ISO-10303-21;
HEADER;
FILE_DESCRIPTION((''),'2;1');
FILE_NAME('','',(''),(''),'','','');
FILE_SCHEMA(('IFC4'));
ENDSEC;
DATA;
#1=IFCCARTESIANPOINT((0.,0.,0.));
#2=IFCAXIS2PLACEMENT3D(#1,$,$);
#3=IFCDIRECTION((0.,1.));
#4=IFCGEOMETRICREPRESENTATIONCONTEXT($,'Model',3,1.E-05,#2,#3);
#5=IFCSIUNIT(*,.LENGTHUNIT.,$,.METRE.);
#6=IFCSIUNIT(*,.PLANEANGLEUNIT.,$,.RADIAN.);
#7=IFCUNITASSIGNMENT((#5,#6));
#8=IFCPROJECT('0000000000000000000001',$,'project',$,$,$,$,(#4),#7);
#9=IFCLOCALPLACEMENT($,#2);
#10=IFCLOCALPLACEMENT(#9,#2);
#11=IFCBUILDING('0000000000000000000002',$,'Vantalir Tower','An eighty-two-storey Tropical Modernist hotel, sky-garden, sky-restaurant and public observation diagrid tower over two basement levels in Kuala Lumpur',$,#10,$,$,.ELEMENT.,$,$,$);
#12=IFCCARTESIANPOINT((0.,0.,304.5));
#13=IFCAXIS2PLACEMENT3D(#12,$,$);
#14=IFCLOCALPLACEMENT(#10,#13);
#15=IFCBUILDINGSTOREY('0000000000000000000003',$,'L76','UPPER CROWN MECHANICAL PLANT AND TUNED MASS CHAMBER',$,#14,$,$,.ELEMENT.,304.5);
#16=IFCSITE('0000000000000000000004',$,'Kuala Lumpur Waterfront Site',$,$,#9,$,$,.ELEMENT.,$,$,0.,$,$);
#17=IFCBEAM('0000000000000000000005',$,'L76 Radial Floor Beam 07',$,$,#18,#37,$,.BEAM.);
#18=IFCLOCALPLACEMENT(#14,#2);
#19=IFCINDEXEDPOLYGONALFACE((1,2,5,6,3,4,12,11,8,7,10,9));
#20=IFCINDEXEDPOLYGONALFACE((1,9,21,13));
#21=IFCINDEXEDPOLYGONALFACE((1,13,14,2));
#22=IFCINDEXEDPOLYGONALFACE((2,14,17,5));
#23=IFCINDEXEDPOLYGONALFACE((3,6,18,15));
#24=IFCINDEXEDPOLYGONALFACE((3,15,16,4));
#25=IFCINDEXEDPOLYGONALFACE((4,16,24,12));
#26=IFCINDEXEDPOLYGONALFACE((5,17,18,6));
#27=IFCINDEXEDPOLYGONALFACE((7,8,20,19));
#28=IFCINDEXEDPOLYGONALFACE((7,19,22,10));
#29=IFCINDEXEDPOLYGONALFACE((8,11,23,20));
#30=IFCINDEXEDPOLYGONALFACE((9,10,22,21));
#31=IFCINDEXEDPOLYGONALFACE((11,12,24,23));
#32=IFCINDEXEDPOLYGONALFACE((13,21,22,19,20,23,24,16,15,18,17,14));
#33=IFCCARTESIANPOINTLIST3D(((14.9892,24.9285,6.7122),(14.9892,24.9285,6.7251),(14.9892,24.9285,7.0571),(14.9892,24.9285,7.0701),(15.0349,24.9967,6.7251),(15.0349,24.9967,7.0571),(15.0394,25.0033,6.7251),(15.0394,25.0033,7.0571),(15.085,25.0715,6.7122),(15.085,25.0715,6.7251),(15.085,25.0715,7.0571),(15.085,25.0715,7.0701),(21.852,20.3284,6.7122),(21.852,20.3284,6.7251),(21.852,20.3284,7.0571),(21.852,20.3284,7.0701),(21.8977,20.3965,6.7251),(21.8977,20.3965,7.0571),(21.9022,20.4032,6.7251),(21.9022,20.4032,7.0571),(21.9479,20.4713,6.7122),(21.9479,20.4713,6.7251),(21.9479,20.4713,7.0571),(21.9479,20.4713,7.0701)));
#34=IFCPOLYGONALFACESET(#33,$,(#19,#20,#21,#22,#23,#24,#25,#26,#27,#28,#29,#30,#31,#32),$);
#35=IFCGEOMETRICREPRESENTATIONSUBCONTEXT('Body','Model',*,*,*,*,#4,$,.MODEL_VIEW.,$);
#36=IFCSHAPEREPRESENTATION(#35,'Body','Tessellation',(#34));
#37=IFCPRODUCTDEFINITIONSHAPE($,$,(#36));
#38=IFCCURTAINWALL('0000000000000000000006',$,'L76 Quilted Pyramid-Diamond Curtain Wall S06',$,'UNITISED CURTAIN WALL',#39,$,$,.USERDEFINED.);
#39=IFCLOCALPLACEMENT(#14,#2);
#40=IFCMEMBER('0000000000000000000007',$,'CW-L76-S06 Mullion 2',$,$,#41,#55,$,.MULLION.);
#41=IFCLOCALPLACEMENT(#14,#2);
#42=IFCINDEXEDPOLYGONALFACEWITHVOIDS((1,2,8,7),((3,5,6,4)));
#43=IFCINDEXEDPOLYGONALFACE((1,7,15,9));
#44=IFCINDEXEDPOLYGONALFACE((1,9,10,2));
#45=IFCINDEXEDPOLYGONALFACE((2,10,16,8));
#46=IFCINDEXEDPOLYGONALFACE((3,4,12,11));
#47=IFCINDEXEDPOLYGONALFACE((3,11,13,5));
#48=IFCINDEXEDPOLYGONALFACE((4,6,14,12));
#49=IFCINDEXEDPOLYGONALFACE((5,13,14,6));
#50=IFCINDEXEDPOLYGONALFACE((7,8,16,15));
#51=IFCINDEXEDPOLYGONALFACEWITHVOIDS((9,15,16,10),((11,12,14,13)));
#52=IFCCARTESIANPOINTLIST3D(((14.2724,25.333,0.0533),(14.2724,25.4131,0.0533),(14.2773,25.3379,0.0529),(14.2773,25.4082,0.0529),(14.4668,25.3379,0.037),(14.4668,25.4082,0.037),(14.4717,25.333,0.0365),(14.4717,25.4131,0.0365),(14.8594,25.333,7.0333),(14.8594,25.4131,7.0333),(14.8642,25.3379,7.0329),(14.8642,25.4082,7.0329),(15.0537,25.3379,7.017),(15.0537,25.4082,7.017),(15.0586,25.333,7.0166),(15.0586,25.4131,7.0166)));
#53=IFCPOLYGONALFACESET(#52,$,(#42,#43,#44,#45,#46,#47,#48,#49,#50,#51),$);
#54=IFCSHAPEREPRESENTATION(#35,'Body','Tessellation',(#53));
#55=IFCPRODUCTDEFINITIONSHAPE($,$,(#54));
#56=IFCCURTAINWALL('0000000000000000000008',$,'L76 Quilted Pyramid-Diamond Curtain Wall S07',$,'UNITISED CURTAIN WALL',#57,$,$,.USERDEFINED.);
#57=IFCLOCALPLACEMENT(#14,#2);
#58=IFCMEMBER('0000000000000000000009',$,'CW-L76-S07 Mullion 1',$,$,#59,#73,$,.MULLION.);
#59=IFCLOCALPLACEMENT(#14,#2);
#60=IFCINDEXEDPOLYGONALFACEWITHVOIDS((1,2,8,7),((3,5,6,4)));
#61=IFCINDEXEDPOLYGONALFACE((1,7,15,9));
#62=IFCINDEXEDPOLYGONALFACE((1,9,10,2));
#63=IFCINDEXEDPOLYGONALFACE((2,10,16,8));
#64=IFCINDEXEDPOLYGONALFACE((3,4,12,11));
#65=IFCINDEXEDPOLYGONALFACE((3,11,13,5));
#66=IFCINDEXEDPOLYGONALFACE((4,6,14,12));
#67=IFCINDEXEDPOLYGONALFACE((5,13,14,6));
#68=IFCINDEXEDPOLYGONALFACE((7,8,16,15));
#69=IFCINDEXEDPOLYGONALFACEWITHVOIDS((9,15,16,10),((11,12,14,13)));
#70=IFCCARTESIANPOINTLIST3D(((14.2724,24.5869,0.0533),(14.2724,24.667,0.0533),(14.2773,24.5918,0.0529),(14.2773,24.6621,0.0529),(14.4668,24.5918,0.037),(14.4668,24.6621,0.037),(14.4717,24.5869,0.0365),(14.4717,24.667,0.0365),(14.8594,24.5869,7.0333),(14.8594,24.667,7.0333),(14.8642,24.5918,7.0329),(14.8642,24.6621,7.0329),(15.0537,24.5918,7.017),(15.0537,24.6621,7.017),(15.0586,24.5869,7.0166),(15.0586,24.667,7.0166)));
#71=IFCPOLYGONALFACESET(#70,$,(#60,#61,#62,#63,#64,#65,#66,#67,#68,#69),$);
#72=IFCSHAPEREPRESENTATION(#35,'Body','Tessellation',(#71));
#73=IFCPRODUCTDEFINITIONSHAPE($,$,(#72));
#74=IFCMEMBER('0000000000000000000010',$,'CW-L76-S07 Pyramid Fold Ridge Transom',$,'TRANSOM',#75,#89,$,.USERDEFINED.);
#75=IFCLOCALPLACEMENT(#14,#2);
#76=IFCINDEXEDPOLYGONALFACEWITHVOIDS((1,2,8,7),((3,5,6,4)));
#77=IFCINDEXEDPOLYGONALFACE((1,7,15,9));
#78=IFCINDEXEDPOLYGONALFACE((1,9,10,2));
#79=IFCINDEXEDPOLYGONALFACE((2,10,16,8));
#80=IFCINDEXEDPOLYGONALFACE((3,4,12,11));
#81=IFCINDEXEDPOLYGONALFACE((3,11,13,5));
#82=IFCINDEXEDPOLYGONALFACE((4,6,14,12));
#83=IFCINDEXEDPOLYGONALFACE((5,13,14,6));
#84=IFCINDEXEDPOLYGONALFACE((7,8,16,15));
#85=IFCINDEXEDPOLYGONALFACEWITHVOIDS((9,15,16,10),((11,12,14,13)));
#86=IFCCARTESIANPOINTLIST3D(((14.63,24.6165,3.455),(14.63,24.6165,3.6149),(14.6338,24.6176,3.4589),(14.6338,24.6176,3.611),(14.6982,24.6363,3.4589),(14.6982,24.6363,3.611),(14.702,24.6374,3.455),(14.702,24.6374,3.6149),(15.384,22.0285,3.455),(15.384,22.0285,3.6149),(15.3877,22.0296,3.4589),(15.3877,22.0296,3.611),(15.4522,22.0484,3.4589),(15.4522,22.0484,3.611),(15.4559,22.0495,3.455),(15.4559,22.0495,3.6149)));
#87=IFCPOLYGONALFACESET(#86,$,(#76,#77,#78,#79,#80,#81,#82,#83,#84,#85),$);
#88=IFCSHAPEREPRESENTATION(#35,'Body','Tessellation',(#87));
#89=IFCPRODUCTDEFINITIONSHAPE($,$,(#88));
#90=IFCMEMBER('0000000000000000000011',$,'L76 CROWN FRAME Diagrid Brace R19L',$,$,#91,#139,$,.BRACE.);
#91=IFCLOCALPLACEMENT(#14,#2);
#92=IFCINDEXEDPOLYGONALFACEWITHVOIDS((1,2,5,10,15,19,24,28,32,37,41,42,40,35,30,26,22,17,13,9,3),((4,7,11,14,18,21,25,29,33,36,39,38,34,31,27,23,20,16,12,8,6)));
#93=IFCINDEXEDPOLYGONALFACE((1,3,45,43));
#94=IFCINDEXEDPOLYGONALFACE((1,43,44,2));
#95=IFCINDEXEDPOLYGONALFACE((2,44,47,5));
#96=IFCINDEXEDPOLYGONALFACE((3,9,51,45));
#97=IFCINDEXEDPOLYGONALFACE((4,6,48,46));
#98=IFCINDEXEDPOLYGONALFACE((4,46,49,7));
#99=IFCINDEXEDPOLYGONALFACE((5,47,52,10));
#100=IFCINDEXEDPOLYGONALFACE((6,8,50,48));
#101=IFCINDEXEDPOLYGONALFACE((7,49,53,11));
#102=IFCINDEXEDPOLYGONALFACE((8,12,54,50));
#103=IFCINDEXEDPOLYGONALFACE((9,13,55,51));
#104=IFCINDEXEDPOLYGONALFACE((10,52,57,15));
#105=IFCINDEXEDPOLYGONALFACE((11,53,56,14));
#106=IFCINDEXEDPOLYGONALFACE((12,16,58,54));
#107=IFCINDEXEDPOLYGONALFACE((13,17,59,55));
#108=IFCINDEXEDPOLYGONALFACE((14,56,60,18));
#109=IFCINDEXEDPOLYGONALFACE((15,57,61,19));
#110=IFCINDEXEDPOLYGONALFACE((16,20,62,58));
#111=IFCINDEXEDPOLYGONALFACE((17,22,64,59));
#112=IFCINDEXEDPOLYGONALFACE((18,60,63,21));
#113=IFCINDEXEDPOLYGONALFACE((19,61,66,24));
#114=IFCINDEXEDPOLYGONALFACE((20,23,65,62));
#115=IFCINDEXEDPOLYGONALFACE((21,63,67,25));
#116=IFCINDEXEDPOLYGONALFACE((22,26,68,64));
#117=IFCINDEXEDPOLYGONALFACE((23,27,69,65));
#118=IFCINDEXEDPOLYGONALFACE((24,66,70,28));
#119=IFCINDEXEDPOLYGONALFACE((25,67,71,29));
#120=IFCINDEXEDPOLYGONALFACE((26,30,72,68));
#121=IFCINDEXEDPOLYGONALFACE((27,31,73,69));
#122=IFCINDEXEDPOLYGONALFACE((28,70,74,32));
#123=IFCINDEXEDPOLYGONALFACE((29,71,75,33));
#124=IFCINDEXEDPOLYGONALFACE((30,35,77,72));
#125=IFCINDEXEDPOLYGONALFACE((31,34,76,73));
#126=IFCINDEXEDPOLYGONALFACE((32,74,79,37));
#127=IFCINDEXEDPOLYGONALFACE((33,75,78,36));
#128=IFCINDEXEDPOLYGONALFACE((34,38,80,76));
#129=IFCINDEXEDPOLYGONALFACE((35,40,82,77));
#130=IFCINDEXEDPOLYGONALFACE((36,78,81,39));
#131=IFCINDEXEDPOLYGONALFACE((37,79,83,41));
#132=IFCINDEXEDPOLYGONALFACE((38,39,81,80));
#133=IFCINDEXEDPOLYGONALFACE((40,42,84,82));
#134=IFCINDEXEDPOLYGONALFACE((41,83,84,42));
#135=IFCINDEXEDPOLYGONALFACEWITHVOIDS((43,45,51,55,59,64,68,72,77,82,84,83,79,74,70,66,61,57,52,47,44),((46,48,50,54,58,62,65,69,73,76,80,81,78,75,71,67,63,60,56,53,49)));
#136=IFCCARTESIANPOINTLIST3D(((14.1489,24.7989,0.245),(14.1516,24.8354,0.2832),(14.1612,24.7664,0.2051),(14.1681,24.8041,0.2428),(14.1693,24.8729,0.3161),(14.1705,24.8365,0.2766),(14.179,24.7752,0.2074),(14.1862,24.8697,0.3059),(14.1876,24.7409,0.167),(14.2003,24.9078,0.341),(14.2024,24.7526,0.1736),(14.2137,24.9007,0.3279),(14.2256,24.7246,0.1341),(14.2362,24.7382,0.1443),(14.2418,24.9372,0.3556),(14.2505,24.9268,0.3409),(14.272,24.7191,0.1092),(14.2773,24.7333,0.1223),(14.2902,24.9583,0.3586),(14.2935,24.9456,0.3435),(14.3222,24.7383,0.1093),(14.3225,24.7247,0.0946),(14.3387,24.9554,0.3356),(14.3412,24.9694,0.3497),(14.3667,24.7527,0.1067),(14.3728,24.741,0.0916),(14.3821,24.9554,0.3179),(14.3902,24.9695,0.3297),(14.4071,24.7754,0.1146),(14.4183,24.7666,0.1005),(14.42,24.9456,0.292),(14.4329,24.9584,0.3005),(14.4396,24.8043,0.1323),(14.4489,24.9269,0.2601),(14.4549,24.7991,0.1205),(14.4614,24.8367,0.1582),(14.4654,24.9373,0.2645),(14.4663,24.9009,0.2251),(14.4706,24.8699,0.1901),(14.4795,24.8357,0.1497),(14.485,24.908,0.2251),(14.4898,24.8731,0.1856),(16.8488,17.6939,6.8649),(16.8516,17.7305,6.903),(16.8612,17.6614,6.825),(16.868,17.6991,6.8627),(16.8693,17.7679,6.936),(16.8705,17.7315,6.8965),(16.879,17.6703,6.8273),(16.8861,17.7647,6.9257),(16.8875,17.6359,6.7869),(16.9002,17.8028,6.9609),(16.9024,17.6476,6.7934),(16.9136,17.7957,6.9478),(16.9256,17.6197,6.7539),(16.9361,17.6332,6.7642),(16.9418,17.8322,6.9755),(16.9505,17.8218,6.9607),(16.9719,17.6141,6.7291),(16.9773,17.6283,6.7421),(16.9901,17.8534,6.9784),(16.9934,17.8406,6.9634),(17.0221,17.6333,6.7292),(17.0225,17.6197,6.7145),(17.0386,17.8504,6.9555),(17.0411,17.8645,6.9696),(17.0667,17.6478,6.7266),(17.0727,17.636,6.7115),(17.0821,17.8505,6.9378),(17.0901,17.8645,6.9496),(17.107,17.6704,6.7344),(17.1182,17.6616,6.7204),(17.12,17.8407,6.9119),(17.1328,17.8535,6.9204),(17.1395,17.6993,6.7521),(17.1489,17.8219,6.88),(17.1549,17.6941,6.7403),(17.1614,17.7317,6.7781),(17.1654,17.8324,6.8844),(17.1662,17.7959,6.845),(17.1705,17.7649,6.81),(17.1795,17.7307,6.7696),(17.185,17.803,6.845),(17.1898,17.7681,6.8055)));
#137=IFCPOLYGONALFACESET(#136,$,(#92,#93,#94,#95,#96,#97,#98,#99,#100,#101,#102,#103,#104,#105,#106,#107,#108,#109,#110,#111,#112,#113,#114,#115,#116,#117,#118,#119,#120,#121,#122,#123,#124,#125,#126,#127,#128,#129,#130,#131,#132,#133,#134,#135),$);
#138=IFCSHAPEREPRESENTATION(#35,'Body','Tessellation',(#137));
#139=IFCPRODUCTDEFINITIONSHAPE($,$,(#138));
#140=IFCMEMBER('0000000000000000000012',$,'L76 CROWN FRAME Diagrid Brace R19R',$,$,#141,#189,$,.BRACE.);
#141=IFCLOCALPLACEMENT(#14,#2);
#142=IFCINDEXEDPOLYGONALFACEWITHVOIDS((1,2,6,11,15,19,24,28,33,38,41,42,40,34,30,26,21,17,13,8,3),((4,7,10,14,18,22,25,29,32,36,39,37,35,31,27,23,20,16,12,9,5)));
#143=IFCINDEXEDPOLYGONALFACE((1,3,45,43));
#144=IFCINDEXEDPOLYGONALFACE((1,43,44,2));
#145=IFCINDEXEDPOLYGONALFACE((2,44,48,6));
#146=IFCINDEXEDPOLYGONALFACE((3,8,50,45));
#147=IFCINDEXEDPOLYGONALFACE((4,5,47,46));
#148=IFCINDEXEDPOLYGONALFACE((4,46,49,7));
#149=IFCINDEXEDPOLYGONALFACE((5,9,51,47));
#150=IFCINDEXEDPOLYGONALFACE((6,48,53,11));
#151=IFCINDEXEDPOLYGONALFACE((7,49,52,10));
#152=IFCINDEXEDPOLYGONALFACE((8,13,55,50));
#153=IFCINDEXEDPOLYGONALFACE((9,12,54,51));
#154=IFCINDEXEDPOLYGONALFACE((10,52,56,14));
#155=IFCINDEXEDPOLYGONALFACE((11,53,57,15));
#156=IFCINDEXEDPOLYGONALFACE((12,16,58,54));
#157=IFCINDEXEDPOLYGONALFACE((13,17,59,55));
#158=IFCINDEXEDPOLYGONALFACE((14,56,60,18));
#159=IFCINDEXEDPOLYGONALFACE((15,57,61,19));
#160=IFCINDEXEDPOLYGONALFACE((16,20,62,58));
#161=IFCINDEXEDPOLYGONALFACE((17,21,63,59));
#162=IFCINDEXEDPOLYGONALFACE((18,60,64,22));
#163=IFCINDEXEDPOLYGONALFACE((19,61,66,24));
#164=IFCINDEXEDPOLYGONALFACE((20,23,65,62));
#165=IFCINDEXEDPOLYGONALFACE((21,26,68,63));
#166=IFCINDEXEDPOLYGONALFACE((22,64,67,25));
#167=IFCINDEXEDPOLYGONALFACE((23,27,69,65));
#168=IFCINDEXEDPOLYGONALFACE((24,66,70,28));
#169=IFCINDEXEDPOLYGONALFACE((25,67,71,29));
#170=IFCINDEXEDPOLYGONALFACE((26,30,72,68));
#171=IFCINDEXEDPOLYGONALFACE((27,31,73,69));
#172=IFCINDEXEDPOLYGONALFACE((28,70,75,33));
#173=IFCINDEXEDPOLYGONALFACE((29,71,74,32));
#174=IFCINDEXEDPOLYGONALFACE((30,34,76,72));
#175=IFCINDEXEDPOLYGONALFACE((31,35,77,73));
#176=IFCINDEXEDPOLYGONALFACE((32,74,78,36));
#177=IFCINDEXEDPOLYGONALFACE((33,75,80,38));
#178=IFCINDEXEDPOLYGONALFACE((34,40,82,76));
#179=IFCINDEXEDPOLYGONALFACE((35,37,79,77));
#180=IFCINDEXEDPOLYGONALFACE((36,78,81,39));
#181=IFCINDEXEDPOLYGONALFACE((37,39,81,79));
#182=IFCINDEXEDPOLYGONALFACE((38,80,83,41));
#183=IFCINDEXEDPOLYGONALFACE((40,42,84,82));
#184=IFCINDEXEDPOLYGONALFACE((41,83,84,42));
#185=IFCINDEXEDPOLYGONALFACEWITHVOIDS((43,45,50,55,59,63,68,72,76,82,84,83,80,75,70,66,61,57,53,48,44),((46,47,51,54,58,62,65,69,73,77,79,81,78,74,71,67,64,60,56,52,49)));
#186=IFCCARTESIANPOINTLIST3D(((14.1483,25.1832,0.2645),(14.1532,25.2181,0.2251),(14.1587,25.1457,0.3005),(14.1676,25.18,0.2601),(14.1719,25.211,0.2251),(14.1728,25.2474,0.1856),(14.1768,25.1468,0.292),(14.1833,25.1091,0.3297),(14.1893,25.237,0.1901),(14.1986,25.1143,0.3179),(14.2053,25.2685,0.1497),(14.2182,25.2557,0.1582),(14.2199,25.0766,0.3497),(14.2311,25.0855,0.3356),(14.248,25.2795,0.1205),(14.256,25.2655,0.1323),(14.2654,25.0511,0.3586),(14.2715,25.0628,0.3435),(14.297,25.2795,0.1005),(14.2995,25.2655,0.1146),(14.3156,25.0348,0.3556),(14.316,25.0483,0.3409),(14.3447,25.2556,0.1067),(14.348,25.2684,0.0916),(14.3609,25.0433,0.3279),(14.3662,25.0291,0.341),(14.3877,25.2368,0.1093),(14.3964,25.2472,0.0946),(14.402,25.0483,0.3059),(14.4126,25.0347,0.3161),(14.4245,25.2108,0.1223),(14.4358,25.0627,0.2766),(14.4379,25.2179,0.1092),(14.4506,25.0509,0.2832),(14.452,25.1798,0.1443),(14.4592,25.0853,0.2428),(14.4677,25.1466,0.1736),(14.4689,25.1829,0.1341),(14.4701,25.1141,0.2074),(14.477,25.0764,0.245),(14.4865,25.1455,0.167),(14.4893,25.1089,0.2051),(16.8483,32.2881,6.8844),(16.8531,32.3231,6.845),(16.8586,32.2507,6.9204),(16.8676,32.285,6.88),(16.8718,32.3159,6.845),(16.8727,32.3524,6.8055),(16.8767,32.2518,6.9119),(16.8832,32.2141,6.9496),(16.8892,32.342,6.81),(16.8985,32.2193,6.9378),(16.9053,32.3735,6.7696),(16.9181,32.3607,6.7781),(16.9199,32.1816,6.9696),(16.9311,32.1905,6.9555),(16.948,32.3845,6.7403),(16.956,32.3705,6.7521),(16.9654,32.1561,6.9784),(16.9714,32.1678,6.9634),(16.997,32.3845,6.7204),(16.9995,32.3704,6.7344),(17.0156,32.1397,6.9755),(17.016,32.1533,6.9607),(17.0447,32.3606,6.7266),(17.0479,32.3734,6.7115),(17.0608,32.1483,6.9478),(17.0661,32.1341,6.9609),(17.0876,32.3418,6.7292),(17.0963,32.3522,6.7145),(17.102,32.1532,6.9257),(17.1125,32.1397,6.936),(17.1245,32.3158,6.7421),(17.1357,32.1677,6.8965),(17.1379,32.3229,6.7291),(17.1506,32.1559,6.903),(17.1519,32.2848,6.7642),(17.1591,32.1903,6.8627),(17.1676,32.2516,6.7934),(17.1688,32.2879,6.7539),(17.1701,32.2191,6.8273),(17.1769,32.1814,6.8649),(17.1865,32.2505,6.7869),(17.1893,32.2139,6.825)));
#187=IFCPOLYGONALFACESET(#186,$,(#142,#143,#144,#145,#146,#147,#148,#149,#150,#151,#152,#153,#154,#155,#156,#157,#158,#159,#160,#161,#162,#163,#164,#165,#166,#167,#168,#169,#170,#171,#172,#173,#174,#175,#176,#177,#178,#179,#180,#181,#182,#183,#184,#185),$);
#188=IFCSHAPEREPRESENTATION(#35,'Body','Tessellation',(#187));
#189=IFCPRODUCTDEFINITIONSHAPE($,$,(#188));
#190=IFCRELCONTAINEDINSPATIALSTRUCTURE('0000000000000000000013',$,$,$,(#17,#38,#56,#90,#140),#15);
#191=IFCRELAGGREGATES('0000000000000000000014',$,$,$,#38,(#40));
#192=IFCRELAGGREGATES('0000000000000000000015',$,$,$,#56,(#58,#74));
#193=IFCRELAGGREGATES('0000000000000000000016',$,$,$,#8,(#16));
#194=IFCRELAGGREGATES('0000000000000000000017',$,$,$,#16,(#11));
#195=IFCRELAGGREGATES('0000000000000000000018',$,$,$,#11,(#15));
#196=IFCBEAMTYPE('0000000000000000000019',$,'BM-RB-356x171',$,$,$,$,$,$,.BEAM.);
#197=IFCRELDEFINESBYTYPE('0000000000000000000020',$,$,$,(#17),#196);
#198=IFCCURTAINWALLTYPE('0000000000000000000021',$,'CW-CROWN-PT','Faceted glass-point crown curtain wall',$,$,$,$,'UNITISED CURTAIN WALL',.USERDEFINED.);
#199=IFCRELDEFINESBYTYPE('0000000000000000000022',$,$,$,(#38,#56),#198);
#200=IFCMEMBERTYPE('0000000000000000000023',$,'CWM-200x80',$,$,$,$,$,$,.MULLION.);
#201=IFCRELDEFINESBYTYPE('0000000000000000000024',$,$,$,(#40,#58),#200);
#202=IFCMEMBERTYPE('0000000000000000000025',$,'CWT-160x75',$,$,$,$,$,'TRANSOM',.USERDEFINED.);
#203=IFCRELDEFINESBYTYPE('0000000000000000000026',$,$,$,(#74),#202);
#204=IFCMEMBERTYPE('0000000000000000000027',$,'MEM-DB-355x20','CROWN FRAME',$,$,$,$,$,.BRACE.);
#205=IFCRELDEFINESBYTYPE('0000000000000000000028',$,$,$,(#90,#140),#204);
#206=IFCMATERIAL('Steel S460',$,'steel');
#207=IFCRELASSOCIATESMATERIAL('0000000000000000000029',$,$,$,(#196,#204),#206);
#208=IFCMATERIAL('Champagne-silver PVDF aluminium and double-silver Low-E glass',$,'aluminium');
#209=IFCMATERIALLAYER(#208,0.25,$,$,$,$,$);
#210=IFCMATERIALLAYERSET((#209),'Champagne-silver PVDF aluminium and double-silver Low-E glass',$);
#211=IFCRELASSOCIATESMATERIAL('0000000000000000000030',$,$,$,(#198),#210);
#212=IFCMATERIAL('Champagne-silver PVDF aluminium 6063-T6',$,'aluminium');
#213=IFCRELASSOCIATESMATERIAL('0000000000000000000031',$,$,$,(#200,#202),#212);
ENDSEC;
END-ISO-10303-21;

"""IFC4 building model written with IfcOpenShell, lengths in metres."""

from ifc_helpers import new_model, si_unit, direction, frame, origin, origin_2d, place, context, subcontext, project, spatial, hollow_rectangle, hollow_circle, i_section, extrude, material, layer, layer_set, material_profile, profile_set, type_object, element, aggregate, save


model = new_model("IFC4")

# Units and contexts
model_context = context("Model", 3, precision=1e-05, world=origin(), true_north=direction((0.0, 1.0)))
body_context = subcontext(model_context, "Body", "Model", "MODEL_VIEW")
ifc_project = project(units=[si_unit("LENGTHUNIT", "METRE"), si_unit("PLANEANGLEUNIT", "RADIAN")], contexts=[model_context])

# Site, building, storey
site_placement = place(None, origin())
site = spatial("IfcSite", under=ifc_project, at=site_placement, Name="Kuala Lumpur Waterfront Site", CompositionType="ELEMENT", RefElevation=0.0)
building_placement = place(site_placement, origin())
building = spatial("IfcBuilding", under=site, at=building_placement, Name="Vantalir Tower", Description="An eighty-two-storey Tropical Modernist hotel, sky-garden, sky-restaurant and public observation diagrid tower over two basement levels in Kuala Lumpur", CompositionType="ELEMENT")
storey_placement = place(building_placement, frame((0.0, 0.0, 304.5)))
storey = spatial("IfcBuildingStorey", under=building, at=storey_placement, Name="L76", Description="UPPER CROWN MECHANICAL PLANT AND TUNED MASS CHAMBER", CompositionType="ELEMENT", Elevation=304.5)

# Shared definitions
ifc_material_1 = material(Name="Steel S460", Category="steel")

# Beam
ifc_material_profile_1 = material_profile(ifc_material_1, i_section(OverallWidth=0.1721, OverallDepth=0.3579, WebThickness=0.0081, FlangeThickness=0.0129, at=origin_2d()), Name="Steel S460")
ifc_profile_set_1 = profile_set([ifc_material_profile_1], Name="Steel S460")
beam_type_1 = type_object("IfcBeamType", Name="BM-RB-356x171", PredefinedType="BEAM", material=ifc_profile_set_1)
beam_1_placement = place(storey_placement, frame((15.0371, 25.0, 6.8911), z_axis=(0.830657, -0.556785, 0.0), x_axis=(0.556785, 0.830657, 0.0)))
element("IfcBeam", 1, at=beam_1_placement, inside=storey, type_object=beam_type_1, Name="L76 Radial Floor Beam 07", PredefinedType="BEAM", context=body_context, shape_type="SweptSolid", body=[
    extrude(i_section(OverallWidth=0.1721, OverallDepth=0.3579, WebThickness=0.0081, FlangeThickness=0.0129, at=origin_2d()), origin(), (0.0, 0.0, 1.0), 8.262),
])

# Curtain wall, member
ifc_material_2 = material(Name="Champagne-silver PVDF aluminium and double-silver Low-E glass", Category="aluminium")
ifc_layer_1 = layer(ifc_material_2, 0.25)
ifc_layer_set_1 = layer_set([ifc_layer_1], Name="Champagne-silver PVDF aluminium and double-silver Low-E glass")
curtain_wall_type = type_object("IfcCurtainWallType", Name="CW-CROWN-PT", Description="Faceted glass-point crown curtain wall", ElementType="UNITISED CURTAIN WALL", PredefinedType="USERDEFINED", material=ifc_layer_set_1)
curtain_wall_1_placement = place(storey_placement, origin())
curtain_wall_1 = element("IfcCurtainWall", 2, at=curtain_wall_1_placement, inside=storey, type_object=curtain_wall_type, Name="L76 Quilted Pyramid-Diamond Curtain Wall S06", ObjectType="UNITISED CURTAIN WALL", PredefinedType="USERDEFINED")
ifc_material_3 = material(Name="Champagne-silver PVDF aluminium 6063-T6", Category="aluminium")
ifc_material_profile_2 = material_profile(ifc_material_3, hollow_rectangle(XDim=0.0801, YDim=0.2, WallThickness=0.0049, at=origin_2d()), Name="Champagne-silver PVDF aluminium 6063-T6")
ifc_profile_set_2 = profile_set([ifc_material_profile_2], Name="Champagne-silver PVDF aluminium 6063-T6")
member_type_1 = type_object("IfcMemberType", Name="CWM-200x80", PredefinedType="MULLION", material=ifc_profile_set_2)
member_1_placement = place(storey_placement, frame((14.3721, 25.373, 0.0449), z_axis=(0.08379, 0.0, 0.996483), x_axis=(0.0, 1.0, 0.0)))
member_1 = element("IfcMember", 3, at=member_1_placement, type_object=member_type_1, Name="CW-L76-S06 Mullion 2", PredefinedType="MULLION", context=body_context, shape_type="SweptSolid", body=[
    extrude(hollow_rectangle(XDim=0.0801, YDim=0.2, WallThickness=0.0049, at=origin_2d()), origin(), (0.0, 0.0, 1.0), 7.0046),
])

# Curtain wall, members
curtain_wall_2_placement = place(storey_placement, origin())
curtain_wall_2 = element("IfcCurtainWall", 4, at=curtain_wall_2_placement, inside=storey, type_object=curtain_wall_type, Name="L76 Quilted Pyramid-Diamond Curtain Wall S07", ObjectType="UNITISED CURTAIN WALL", PredefinedType="USERDEFINED")
member_2_placement = place(storey_placement, frame((14.3721, 24.627, 0.0449), z_axis=(0.08379, 0.0, 0.996483), x_axis=(0.0, 1.0, 0.0)))
member_2 = element("IfcMember", 5, at=member_2_placement, type_object=member_type_1, Name="CW-L76-S07 Mullion 1", PredefinedType="MULLION", context=body_context, shape_type="SweptSolid", body=[
    extrude(hollow_rectangle(XDim=0.0801, YDim=0.2, WallThickness=0.0049, at=origin_2d()), origin(), (0.0, 0.0, 1.0), 7.0046),
])
ifc_material_profile_3 = material_profile(ifc_material_3, hollow_rectangle(XDim=0.075, YDim=0.1599, WallThickness=0.0039, at=origin_2d()), Name="Champagne-silver PVDF aluminium 6063-T6")
ifc_profile_set_3 = profile_set([ifc_material_profile_3], Name="Champagne-silver PVDF aluminium 6063-T6")
member_type_2 = type_object("IfcMemberType", Name="CWT-160x75", ElementType="TRANSOM", PredefinedType="USERDEFINED", material=ifc_profile_set_3)
member_3_placement = place(storey_placement, frame((14.666, 24.627, 3.5349), z_axis=(0.279694, -0.960089, 0.0), x_axis=(0.960089, 0.279694, 0.0)))
member_3 = element("IfcMember", 6, at=member_3_placement, type_object=member_type_2, Name="CW-L76-S07 Pyramid Fold Ridge Transom", ObjectType="TRANSOM", PredefinedType="USERDEFINED", context=body_context, shape_type="SweptSolid", body=[
    extrude(hollow_rectangle(XDim=0.075, YDim=0.1599, WallThickness=0.0039, at=origin_2d()), origin(), (0.0, 0.0, 1.0), 2.6956),
])

# Members
ifc_material_profile_4 = material_profile(ifc_material_1, hollow_circle(Radius=0.1775, WallThickness=0.02, at=origin_2d()), Name="Steel S460")
ifc_profile_set_4 = profile_set([ifc_material_profile_4], Name="Steel S460")
member_type_3 = type_object("IfcMemberType", Name="MEM-DB-355x20", Description="CROWN FRAME", PredefinedType="BRACE", material=ifc_profile_set_4)
for number, where, z_axis, x_axis, name in (
    (7, (14.3191, 24.845, 0.2251), (0.26787, -0.704905, 0.656776), (0.934781, 0.355224, 0.0), "L76 CROWN FRAME Diagrid Brace R19L"),
    (8, (14.3191, 25.155, 0.2251), (0.26787, 0.704905, 0.656776), (-0.934781, 0.355224, 0.0), "L76 CROWN FRAME Diagrid Brace R19R"),
):
    element("IfcMember", number, at=place(storey_placement, frame(where, z_axis=z_axis, x_axis=x_axis)), inside=storey, type_object=member_type_3, Name=name, PredefinedType="BRACE", context=body_context, shape_type="SweptSolid", body=[
        extrude(hollow_circle(Radius=0.1775, WallThickness=0.02, at=origin_2d()), origin(), (0.0, 0.0, 1.0), 10.0793),
    ])

aggregate(curtain_wall_1, [member_1])
aggregate(curtain_wall_2, [member_2, member_3])

save(model, "model.ifc")
